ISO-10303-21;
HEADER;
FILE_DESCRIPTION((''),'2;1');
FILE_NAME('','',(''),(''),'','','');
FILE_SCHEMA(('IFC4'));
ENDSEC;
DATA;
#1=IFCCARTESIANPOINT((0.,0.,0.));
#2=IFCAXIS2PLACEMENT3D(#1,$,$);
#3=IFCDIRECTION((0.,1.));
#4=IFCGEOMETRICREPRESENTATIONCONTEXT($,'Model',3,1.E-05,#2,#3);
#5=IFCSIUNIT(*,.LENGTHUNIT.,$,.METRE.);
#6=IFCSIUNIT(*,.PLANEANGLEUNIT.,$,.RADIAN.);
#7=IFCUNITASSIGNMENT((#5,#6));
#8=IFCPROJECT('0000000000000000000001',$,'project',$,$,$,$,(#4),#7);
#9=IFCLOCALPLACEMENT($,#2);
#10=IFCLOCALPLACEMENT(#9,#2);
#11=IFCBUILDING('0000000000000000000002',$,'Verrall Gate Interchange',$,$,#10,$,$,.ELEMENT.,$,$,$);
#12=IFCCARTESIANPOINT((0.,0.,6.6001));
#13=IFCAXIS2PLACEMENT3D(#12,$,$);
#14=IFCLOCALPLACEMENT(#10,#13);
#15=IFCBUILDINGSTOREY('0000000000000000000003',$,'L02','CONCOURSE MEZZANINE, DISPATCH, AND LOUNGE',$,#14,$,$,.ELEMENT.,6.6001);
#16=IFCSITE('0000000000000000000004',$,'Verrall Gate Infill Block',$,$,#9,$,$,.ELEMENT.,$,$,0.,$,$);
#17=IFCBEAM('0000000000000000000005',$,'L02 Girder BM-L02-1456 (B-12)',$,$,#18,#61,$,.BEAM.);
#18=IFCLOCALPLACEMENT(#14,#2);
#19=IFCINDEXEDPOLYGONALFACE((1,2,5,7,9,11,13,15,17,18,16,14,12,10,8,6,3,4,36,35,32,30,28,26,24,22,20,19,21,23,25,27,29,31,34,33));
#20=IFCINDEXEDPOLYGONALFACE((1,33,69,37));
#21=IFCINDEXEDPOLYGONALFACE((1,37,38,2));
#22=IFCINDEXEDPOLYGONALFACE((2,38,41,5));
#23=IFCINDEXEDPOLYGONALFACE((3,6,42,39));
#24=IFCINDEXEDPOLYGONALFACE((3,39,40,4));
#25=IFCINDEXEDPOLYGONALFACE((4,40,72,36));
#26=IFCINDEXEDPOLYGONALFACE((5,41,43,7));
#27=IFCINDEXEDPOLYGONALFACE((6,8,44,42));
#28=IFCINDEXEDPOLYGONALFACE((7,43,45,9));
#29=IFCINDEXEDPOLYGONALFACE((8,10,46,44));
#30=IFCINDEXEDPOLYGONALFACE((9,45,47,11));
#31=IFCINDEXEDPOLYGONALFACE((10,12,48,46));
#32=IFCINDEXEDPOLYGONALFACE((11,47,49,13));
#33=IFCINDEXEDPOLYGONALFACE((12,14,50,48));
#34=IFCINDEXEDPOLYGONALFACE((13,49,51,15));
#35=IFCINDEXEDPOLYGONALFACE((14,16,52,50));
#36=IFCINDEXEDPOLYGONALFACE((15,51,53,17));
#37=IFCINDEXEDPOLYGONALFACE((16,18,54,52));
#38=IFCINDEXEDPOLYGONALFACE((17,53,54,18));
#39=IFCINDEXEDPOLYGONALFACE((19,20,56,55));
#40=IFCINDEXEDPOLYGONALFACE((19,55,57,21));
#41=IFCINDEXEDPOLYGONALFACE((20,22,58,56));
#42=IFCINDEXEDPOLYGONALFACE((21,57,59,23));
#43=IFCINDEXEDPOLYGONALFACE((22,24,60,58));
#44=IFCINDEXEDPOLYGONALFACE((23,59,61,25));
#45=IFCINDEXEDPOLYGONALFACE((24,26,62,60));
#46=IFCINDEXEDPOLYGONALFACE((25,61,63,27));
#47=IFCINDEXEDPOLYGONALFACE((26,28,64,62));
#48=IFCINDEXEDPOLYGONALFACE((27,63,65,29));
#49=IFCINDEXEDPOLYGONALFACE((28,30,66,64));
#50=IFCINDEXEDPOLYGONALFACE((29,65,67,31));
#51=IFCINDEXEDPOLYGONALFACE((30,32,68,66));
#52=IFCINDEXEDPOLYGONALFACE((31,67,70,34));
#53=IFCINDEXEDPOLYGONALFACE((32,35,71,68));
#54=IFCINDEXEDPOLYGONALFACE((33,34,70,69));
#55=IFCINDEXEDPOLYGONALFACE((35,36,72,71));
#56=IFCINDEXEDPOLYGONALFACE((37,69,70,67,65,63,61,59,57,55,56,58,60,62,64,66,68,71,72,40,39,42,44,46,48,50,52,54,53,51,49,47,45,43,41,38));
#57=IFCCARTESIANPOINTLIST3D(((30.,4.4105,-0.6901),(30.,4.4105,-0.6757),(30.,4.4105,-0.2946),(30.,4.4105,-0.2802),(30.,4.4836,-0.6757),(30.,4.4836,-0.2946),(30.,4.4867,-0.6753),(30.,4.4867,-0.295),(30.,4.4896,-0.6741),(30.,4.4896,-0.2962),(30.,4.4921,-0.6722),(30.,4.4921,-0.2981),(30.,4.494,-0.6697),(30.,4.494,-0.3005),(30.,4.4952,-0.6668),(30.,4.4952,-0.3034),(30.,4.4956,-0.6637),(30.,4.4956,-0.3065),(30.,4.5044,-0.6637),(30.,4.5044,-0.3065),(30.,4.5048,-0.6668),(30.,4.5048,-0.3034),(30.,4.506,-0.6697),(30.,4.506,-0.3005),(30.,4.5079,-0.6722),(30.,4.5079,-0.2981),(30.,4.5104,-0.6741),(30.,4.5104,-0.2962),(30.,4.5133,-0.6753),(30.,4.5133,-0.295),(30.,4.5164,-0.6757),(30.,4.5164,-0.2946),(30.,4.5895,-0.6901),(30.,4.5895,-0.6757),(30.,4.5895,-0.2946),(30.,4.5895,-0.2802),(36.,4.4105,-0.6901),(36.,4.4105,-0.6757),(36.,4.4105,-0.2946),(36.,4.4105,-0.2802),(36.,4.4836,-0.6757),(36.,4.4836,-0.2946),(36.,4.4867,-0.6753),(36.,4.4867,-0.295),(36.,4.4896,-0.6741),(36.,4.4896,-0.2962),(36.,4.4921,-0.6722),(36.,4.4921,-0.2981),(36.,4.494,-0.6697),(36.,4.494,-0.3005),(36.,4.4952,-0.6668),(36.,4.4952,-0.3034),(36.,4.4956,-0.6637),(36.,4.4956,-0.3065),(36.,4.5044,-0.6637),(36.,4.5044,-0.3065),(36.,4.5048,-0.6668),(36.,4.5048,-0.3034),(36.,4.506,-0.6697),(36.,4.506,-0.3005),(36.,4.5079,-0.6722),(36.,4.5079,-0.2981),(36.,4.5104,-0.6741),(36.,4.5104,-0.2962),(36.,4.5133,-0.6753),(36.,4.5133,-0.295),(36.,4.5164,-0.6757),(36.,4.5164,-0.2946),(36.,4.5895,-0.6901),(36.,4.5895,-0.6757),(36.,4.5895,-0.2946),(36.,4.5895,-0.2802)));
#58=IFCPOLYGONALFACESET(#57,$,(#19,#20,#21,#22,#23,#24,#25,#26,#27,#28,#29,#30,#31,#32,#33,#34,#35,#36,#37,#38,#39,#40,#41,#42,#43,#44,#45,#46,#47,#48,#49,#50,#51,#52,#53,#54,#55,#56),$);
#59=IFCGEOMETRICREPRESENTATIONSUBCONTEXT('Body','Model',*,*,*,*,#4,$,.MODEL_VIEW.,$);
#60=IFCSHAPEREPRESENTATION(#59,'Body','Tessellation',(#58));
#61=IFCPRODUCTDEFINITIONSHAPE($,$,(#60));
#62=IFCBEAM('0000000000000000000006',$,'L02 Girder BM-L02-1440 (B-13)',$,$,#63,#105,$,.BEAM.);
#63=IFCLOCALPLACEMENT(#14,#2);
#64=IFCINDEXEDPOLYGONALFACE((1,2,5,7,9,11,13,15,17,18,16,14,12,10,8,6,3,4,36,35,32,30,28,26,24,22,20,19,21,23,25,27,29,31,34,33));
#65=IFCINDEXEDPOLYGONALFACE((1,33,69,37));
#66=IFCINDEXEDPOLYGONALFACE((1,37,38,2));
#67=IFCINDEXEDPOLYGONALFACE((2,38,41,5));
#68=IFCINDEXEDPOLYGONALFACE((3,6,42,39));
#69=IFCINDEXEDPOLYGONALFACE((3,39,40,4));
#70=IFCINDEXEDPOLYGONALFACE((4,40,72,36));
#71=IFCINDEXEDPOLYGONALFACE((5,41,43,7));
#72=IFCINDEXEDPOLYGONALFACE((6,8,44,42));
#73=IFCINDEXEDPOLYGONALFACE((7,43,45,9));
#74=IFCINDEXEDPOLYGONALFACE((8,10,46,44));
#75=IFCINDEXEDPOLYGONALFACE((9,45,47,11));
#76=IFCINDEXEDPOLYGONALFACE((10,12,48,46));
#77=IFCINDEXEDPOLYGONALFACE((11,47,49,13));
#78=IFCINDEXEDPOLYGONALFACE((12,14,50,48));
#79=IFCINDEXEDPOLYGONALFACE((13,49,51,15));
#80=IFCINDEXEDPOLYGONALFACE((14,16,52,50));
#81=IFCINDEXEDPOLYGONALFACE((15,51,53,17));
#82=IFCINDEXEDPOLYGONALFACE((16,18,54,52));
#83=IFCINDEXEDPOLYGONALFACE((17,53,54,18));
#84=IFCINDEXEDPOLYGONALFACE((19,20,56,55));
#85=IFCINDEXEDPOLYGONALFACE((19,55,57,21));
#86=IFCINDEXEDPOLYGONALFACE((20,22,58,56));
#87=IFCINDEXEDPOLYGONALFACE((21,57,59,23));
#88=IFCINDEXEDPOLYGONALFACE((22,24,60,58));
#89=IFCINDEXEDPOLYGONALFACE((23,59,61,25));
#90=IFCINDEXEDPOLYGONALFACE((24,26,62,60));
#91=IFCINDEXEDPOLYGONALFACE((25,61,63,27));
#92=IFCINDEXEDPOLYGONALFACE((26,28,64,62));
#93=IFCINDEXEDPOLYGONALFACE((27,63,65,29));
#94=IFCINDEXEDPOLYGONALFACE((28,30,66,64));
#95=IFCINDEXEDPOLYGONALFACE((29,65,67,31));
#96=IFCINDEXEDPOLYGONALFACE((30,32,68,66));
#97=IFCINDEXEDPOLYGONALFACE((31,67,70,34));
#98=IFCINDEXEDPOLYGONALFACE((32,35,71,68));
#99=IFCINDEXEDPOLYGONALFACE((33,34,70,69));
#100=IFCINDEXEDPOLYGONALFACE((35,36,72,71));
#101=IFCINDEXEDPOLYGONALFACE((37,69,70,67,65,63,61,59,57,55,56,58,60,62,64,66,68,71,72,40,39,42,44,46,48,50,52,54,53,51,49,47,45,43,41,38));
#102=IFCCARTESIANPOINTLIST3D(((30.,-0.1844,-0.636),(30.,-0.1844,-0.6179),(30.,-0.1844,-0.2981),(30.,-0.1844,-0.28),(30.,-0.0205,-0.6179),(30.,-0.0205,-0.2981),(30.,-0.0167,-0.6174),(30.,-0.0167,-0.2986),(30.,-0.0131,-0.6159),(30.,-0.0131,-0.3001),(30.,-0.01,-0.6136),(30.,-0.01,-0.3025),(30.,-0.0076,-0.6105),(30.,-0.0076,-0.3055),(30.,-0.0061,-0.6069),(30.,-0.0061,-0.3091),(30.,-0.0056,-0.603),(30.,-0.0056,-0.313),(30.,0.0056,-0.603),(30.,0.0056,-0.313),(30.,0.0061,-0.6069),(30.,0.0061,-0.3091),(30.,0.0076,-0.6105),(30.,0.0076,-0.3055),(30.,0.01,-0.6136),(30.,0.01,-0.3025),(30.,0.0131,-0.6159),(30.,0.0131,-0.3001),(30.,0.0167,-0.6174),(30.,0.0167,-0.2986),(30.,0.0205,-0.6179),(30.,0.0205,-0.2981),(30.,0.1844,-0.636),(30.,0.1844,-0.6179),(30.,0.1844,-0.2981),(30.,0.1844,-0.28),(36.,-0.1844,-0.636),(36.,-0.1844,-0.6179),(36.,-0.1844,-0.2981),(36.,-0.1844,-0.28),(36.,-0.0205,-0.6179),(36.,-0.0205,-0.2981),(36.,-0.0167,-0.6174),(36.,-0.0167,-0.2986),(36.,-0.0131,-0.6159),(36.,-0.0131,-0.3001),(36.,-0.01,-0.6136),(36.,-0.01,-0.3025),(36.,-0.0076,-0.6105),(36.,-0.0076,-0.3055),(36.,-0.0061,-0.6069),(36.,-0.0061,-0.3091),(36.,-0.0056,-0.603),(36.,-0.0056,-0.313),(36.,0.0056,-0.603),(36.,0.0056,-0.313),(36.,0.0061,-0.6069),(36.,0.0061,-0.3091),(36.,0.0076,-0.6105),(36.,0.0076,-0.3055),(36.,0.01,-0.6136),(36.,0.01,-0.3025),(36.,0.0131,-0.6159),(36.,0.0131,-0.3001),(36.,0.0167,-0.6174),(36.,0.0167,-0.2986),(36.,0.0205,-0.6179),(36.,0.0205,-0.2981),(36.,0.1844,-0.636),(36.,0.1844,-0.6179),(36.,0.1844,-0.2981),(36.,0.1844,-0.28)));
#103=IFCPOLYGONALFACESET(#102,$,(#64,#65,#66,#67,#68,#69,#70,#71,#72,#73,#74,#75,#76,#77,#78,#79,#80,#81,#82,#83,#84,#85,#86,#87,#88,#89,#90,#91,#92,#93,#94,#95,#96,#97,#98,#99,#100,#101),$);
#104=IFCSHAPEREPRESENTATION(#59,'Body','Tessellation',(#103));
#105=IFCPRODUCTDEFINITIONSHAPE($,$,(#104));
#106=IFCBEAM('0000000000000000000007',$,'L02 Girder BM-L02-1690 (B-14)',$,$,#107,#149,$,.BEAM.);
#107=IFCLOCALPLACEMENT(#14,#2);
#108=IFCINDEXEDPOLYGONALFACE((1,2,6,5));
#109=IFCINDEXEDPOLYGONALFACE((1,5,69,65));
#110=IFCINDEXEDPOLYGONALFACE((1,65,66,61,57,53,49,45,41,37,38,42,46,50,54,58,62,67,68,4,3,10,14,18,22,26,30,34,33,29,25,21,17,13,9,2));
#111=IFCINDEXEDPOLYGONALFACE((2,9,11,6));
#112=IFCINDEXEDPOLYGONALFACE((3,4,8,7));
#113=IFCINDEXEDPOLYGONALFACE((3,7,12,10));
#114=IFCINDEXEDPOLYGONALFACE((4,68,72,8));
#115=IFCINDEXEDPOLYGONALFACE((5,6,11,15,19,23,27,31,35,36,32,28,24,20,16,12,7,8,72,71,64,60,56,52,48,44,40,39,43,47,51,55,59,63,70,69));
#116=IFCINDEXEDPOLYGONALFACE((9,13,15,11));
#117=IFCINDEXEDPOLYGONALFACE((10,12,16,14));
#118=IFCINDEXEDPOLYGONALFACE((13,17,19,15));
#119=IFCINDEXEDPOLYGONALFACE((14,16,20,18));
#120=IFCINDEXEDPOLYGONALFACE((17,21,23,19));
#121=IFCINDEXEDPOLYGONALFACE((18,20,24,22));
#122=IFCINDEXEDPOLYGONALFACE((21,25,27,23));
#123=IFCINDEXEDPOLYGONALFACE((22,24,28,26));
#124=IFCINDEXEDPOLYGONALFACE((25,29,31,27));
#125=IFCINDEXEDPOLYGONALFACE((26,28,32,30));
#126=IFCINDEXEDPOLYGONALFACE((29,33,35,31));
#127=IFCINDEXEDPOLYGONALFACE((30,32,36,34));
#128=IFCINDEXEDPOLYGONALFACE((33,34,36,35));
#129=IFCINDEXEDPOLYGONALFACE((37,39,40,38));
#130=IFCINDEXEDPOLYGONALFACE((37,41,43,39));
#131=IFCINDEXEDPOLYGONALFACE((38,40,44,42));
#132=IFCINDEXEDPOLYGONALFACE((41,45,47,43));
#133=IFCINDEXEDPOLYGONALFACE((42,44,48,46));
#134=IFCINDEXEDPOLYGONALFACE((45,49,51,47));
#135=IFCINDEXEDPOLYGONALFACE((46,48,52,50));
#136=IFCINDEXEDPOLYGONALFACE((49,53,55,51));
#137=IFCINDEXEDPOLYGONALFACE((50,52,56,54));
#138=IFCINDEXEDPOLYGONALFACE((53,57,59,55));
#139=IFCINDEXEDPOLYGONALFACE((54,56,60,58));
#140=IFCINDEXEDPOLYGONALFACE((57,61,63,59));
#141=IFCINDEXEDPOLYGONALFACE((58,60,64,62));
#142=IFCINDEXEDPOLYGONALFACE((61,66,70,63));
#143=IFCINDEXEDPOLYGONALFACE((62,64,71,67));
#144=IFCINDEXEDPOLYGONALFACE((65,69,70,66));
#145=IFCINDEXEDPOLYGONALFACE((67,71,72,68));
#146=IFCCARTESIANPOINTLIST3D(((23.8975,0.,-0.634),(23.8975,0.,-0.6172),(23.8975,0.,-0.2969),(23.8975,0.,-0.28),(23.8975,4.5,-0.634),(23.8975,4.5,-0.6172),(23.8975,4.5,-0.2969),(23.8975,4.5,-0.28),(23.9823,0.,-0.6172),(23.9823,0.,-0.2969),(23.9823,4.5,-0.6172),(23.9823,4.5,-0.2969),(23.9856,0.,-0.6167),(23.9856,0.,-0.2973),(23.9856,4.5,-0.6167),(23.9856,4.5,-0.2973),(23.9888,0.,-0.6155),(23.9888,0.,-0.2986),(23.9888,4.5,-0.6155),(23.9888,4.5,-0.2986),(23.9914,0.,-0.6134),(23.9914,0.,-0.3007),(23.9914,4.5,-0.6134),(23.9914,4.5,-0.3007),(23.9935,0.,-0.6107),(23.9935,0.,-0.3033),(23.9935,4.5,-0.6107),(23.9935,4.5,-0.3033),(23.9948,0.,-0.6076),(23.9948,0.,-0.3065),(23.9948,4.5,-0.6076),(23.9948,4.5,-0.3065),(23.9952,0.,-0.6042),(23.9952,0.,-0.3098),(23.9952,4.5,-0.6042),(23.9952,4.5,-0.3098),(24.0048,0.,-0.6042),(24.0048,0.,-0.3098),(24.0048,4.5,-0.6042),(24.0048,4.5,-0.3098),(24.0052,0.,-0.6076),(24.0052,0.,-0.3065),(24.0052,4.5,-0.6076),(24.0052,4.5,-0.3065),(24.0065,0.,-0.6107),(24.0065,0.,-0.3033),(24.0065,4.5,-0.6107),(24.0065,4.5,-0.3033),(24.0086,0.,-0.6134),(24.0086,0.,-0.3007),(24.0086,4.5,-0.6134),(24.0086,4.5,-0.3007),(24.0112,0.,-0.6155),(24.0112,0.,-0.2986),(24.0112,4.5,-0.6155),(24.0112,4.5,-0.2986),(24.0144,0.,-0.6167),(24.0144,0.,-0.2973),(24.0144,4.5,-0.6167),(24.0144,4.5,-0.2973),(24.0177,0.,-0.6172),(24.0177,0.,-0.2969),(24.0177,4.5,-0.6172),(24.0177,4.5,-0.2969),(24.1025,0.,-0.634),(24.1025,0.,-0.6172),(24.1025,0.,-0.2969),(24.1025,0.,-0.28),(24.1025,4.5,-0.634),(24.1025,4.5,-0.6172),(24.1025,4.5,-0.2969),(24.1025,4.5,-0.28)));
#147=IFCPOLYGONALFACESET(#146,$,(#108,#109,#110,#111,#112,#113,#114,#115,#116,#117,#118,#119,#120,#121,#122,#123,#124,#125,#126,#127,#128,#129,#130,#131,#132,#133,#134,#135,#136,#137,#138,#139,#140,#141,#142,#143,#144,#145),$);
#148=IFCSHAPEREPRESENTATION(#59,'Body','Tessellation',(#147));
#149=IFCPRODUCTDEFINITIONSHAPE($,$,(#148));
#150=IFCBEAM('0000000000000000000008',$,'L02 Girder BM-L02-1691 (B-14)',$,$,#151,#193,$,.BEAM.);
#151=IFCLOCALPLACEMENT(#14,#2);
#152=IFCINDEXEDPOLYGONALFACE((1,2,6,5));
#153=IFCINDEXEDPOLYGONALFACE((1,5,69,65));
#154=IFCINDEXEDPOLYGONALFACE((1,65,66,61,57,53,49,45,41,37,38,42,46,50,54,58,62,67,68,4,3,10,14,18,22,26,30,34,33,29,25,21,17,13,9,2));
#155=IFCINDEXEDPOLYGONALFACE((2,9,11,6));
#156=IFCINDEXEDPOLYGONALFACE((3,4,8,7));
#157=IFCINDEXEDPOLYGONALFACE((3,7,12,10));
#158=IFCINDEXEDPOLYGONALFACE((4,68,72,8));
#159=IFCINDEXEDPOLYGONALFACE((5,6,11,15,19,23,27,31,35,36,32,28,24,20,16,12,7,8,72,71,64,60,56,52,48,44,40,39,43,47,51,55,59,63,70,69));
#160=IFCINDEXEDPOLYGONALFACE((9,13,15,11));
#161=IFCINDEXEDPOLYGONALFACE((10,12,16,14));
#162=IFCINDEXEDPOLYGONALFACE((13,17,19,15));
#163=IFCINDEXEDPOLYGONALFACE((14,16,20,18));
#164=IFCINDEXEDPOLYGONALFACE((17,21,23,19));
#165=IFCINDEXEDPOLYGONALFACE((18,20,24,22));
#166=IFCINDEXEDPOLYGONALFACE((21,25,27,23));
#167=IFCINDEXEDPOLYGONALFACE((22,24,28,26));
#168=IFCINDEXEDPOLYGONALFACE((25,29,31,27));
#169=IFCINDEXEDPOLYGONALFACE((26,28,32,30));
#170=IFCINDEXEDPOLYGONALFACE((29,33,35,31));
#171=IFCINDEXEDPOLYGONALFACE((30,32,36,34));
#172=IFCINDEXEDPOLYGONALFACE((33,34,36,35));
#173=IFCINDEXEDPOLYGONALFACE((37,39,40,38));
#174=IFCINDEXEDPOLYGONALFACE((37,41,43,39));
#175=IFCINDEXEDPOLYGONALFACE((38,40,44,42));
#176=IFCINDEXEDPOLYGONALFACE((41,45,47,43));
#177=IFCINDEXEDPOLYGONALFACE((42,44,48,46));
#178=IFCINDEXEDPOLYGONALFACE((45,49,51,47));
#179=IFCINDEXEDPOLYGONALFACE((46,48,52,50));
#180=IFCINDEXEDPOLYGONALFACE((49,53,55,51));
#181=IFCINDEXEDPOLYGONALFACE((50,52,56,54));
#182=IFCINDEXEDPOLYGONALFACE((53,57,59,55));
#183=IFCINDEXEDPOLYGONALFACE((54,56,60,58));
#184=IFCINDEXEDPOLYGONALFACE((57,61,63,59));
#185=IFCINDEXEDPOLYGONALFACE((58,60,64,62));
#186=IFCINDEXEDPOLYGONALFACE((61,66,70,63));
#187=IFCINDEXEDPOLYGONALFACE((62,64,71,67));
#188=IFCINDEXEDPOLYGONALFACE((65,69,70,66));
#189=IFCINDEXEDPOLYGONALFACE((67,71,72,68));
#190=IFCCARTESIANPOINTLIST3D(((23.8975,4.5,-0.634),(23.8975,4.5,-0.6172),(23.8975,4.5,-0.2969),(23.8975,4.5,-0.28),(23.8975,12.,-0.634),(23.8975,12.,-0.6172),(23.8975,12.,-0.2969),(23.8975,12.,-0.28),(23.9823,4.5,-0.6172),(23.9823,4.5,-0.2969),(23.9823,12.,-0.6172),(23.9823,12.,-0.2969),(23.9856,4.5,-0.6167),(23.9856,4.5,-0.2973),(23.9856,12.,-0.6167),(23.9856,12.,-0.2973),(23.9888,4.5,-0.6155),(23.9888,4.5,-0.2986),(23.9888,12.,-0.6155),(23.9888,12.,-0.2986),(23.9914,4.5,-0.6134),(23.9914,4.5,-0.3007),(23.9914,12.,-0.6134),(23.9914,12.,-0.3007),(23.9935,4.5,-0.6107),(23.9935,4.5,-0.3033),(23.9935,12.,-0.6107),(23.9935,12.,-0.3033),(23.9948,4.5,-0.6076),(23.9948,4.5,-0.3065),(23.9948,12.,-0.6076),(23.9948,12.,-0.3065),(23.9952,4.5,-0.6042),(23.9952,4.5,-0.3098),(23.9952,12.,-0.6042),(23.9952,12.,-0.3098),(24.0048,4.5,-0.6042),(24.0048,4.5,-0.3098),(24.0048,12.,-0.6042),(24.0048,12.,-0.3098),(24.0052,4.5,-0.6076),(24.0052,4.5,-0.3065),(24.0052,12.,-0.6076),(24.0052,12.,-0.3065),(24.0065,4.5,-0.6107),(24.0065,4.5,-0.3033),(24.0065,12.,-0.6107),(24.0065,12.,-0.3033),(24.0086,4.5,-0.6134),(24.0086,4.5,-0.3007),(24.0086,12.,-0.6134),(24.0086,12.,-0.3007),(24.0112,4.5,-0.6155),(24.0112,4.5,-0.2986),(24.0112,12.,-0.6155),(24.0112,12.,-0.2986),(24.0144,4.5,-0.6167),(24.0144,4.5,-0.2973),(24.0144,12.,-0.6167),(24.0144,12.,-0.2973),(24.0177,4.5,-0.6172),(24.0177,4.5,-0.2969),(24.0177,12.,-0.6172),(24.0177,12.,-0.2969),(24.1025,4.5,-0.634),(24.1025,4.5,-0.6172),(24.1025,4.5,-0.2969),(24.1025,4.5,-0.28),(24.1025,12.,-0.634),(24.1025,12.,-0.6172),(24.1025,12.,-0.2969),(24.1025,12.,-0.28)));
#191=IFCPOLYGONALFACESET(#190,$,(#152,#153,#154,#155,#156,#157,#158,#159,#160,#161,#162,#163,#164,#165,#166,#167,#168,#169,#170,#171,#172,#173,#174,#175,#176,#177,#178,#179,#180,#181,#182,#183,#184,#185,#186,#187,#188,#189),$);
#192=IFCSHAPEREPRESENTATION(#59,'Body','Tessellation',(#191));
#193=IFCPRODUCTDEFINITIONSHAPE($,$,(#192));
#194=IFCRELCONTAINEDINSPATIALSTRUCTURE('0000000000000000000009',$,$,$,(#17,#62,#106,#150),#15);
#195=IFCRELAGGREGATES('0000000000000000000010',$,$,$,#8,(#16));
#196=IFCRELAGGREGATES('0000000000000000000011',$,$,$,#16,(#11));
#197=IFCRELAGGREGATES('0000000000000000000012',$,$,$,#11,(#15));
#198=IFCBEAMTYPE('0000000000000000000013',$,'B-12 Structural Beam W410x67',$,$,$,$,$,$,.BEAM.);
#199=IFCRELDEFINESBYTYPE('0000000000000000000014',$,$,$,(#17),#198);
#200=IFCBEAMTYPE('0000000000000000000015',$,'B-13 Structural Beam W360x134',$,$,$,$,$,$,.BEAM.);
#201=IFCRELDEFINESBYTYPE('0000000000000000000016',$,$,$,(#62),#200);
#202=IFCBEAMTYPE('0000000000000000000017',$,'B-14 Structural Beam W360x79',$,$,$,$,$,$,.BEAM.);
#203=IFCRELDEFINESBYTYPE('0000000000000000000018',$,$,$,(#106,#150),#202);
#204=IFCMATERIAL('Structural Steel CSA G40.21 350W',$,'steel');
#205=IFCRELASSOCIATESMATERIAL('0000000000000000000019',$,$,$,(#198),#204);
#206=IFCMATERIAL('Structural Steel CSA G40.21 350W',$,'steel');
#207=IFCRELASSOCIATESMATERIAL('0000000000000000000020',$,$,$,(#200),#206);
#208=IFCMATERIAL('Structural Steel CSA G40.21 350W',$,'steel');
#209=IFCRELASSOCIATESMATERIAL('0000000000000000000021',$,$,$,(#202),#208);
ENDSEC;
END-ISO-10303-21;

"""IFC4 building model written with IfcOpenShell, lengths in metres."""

from ifc_helpers import new_model, si_unit, direction, frame, origin, origin_2d, place, context, subcontext, project, spatial, i_section, extrude, material, material_profile, profile_set, type_object, element, save


model = new_model("IFC4")

# Units and contexts
model_context = context("Model", 3, precision=1e-05, world=origin(), true_north=direction((0.0, 1.0)))
body_context = subcontext(model_context, "Body", "Model", "MODEL_VIEW")
ifc_project = project(units=[si_unit("LENGTHUNIT", "METRE"), si_unit("PLANEANGLEUNIT", "RADIAN")], contexts=[model_context])

# Site, building, storey
site_placement = place(None, origin())
site = spatial("IfcSite", under=ifc_project, at=site_placement, Name="Verrall Gate Infill Block", CompositionType="ELEMENT", RefElevation=0.0)
building_placement = place(site_placement, origin())
building = spatial("IfcBuilding", under=site, at=building_placement, Name="Verrall Gate Interchange", CompositionType="ELEMENT")
storey_placement = place(building_placement, frame((0.0, 0.0, 6.6001)))
storey = spatial("IfcBuildingStorey", under=building, at=storey_placement, Name="L02", Description="CONCOURSE MEZZANINE, DISPATCH, AND LOUNGE", CompositionType="ELEMENT", Elevation=6.6001)

# Beams
ifc_material_1 = material(Name="Structural Steel CSA G40.21 350W", Category="steel")
ifc_material_profile_1 = material_profile(ifc_material_1, i_section(OverallWidth=0.179, OverallDepth=0.4099, WebThickness=0.0088, FlangeThickness=0.0144, FilletRadius=0.012, at=origin_2d()), Name="W410x67")
ifc_profile_set_1 = profile_set([ifc_material_profile_1], Name="Structural Steel CSA G40.21 350W")
beam_type_1 = type_object("IfcBeamType", Name="B-12 Structural Beam W410x67", PredefinedType="BEAM", material=ifc_profile_set_1)
for number, where, z_axis, x_axis, name in (
    (1, (30.0, 4.5, -0.4851), (1.0, 0.0, 0.0), (0.0, 1.0, 0.0), "L02 Girder BM-L02-1456 (B-12)"),
):
    element("IfcBeam", number, at=place(storey_placement, frame(where, z_axis=z_axis, x_axis=x_axis)), inside=storey, type_object=beam_type_1, Name=name, PredefinedType="BEAM", context=body_context, shape_type="SweptSolid", body=[
        extrude(i_section(OverallWidth=0.179, OverallDepth=0.4099, WebThickness=0.0088, FlangeThickness=0.0144, FilletRadius=0.012, at=origin_2d()), origin(), (0.0, 0.0, 1.0), 6.0),
    ])
ifc_material_2 = material(Name="Structural Steel CSA G40.21 350W", Category="steel")
ifc_material_profile_2 = material_profile(ifc_material_2, i_section(OverallWidth=0.3689, OverallDepth=0.356, WebThickness=0.0112, FlangeThickness=0.0181, FilletRadius=0.0149, at=origin_2d()), Name="W360x134")
ifc_profile_set_2 = profile_set([ifc_material_profile_2], Name="Structural Steel CSA G40.21 350W")
beam_type_2 = type_object("IfcBeamType", Name="B-13 Structural Beam W360x134", PredefinedType="BEAM", material=ifc_profile_set_2)
beam_1_placement = place(storey_placement, frame((30.0, 0.0, -0.458), z_axis=(1.0, 0.0, 0.0), x_axis=(0.0, 1.0, 0.0)))
element("IfcBeam", 2, at=beam_1_placement, inside=storey, type_object=beam_type_2, Name="L02 Girder BM-L02-1440 (B-13)", PredefinedType="BEAM", context=body_context, shape_type="SweptSolid", body=[
    extrude(i_section(OverallWidth=0.3689, OverallDepth=0.356, WebThickness=0.0112, FlangeThickness=0.0181, FilletRadius=0.0149, at=origin_2d()), origin(), (0.0, 0.0, 1.0), 6.0),
])
ifc_material_3 = material(Name="Structural Steel CSA G40.21 350W", Category="steel")
ifc_material_profile_3 = material_profile(ifc_material_3, i_section(OverallWidth=0.2051, OverallDepth=0.354, WebThickness=0.0095, FlangeThickness=0.0168, FilletRadius=0.0129, at=origin_2d()), Name="W360x79")
ifc_profile_set_3 = profile_set([ifc_material_profile_3], Name="Structural Steel CSA G40.21 350W")
beam_type_3 = type_object("IfcBeamType", Name="B-14 Structural Beam W360x79", PredefinedType="BEAM", material=ifc_profile_set_3)
beam_2_placement = place(storey_placement, frame((24.0, 0.0, -0.457), z_axis=(0.0, 1.0, 0.0), x_axis=(-1.0, 0.0, 0.0)))
element("IfcBeam", 3, at=beam_2_placement, inside=storey, type_object=beam_type_3, Name="L02 Girder BM-L02-1690 (B-14)", PredefinedType="BEAM", context=body_context, shape_type="SweptSolid", body=[
    extrude(i_section(OverallWidth=0.2051, OverallDepth=0.354, WebThickness=0.0095, FlangeThickness=0.0168, FilletRadius=0.0129, at=origin_2d()), origin(), (0.0, 0.0, 1.0), 4.5),
])
beam_3_placement = place(storey_placement, frame((24.0, 4.5, -0.457), z_axis=(0.0, 1.0, 0.0), x_axis=(-1.0, 0.0, 0.0)))
element("IfcBeam", 4, at=beam_3_placement, inside=storey, type_object=beam_type_3, Name="L02 Girder BM-L02-1691 (B-14)", PredefinedType="BEAM", context=body_context, shape_type="SweptSolid", body=[
    extrude(i_section(OverallWidth=0.2051, OverallDepth=0.354, WebThickness=0.0095, FlangeThickness=0.0168, FilletRadius=0.0129, at=origin_2d()), origin(), (0.0, 0.0, 1.0), 7.5),
])

save(model, "model.ifc")
